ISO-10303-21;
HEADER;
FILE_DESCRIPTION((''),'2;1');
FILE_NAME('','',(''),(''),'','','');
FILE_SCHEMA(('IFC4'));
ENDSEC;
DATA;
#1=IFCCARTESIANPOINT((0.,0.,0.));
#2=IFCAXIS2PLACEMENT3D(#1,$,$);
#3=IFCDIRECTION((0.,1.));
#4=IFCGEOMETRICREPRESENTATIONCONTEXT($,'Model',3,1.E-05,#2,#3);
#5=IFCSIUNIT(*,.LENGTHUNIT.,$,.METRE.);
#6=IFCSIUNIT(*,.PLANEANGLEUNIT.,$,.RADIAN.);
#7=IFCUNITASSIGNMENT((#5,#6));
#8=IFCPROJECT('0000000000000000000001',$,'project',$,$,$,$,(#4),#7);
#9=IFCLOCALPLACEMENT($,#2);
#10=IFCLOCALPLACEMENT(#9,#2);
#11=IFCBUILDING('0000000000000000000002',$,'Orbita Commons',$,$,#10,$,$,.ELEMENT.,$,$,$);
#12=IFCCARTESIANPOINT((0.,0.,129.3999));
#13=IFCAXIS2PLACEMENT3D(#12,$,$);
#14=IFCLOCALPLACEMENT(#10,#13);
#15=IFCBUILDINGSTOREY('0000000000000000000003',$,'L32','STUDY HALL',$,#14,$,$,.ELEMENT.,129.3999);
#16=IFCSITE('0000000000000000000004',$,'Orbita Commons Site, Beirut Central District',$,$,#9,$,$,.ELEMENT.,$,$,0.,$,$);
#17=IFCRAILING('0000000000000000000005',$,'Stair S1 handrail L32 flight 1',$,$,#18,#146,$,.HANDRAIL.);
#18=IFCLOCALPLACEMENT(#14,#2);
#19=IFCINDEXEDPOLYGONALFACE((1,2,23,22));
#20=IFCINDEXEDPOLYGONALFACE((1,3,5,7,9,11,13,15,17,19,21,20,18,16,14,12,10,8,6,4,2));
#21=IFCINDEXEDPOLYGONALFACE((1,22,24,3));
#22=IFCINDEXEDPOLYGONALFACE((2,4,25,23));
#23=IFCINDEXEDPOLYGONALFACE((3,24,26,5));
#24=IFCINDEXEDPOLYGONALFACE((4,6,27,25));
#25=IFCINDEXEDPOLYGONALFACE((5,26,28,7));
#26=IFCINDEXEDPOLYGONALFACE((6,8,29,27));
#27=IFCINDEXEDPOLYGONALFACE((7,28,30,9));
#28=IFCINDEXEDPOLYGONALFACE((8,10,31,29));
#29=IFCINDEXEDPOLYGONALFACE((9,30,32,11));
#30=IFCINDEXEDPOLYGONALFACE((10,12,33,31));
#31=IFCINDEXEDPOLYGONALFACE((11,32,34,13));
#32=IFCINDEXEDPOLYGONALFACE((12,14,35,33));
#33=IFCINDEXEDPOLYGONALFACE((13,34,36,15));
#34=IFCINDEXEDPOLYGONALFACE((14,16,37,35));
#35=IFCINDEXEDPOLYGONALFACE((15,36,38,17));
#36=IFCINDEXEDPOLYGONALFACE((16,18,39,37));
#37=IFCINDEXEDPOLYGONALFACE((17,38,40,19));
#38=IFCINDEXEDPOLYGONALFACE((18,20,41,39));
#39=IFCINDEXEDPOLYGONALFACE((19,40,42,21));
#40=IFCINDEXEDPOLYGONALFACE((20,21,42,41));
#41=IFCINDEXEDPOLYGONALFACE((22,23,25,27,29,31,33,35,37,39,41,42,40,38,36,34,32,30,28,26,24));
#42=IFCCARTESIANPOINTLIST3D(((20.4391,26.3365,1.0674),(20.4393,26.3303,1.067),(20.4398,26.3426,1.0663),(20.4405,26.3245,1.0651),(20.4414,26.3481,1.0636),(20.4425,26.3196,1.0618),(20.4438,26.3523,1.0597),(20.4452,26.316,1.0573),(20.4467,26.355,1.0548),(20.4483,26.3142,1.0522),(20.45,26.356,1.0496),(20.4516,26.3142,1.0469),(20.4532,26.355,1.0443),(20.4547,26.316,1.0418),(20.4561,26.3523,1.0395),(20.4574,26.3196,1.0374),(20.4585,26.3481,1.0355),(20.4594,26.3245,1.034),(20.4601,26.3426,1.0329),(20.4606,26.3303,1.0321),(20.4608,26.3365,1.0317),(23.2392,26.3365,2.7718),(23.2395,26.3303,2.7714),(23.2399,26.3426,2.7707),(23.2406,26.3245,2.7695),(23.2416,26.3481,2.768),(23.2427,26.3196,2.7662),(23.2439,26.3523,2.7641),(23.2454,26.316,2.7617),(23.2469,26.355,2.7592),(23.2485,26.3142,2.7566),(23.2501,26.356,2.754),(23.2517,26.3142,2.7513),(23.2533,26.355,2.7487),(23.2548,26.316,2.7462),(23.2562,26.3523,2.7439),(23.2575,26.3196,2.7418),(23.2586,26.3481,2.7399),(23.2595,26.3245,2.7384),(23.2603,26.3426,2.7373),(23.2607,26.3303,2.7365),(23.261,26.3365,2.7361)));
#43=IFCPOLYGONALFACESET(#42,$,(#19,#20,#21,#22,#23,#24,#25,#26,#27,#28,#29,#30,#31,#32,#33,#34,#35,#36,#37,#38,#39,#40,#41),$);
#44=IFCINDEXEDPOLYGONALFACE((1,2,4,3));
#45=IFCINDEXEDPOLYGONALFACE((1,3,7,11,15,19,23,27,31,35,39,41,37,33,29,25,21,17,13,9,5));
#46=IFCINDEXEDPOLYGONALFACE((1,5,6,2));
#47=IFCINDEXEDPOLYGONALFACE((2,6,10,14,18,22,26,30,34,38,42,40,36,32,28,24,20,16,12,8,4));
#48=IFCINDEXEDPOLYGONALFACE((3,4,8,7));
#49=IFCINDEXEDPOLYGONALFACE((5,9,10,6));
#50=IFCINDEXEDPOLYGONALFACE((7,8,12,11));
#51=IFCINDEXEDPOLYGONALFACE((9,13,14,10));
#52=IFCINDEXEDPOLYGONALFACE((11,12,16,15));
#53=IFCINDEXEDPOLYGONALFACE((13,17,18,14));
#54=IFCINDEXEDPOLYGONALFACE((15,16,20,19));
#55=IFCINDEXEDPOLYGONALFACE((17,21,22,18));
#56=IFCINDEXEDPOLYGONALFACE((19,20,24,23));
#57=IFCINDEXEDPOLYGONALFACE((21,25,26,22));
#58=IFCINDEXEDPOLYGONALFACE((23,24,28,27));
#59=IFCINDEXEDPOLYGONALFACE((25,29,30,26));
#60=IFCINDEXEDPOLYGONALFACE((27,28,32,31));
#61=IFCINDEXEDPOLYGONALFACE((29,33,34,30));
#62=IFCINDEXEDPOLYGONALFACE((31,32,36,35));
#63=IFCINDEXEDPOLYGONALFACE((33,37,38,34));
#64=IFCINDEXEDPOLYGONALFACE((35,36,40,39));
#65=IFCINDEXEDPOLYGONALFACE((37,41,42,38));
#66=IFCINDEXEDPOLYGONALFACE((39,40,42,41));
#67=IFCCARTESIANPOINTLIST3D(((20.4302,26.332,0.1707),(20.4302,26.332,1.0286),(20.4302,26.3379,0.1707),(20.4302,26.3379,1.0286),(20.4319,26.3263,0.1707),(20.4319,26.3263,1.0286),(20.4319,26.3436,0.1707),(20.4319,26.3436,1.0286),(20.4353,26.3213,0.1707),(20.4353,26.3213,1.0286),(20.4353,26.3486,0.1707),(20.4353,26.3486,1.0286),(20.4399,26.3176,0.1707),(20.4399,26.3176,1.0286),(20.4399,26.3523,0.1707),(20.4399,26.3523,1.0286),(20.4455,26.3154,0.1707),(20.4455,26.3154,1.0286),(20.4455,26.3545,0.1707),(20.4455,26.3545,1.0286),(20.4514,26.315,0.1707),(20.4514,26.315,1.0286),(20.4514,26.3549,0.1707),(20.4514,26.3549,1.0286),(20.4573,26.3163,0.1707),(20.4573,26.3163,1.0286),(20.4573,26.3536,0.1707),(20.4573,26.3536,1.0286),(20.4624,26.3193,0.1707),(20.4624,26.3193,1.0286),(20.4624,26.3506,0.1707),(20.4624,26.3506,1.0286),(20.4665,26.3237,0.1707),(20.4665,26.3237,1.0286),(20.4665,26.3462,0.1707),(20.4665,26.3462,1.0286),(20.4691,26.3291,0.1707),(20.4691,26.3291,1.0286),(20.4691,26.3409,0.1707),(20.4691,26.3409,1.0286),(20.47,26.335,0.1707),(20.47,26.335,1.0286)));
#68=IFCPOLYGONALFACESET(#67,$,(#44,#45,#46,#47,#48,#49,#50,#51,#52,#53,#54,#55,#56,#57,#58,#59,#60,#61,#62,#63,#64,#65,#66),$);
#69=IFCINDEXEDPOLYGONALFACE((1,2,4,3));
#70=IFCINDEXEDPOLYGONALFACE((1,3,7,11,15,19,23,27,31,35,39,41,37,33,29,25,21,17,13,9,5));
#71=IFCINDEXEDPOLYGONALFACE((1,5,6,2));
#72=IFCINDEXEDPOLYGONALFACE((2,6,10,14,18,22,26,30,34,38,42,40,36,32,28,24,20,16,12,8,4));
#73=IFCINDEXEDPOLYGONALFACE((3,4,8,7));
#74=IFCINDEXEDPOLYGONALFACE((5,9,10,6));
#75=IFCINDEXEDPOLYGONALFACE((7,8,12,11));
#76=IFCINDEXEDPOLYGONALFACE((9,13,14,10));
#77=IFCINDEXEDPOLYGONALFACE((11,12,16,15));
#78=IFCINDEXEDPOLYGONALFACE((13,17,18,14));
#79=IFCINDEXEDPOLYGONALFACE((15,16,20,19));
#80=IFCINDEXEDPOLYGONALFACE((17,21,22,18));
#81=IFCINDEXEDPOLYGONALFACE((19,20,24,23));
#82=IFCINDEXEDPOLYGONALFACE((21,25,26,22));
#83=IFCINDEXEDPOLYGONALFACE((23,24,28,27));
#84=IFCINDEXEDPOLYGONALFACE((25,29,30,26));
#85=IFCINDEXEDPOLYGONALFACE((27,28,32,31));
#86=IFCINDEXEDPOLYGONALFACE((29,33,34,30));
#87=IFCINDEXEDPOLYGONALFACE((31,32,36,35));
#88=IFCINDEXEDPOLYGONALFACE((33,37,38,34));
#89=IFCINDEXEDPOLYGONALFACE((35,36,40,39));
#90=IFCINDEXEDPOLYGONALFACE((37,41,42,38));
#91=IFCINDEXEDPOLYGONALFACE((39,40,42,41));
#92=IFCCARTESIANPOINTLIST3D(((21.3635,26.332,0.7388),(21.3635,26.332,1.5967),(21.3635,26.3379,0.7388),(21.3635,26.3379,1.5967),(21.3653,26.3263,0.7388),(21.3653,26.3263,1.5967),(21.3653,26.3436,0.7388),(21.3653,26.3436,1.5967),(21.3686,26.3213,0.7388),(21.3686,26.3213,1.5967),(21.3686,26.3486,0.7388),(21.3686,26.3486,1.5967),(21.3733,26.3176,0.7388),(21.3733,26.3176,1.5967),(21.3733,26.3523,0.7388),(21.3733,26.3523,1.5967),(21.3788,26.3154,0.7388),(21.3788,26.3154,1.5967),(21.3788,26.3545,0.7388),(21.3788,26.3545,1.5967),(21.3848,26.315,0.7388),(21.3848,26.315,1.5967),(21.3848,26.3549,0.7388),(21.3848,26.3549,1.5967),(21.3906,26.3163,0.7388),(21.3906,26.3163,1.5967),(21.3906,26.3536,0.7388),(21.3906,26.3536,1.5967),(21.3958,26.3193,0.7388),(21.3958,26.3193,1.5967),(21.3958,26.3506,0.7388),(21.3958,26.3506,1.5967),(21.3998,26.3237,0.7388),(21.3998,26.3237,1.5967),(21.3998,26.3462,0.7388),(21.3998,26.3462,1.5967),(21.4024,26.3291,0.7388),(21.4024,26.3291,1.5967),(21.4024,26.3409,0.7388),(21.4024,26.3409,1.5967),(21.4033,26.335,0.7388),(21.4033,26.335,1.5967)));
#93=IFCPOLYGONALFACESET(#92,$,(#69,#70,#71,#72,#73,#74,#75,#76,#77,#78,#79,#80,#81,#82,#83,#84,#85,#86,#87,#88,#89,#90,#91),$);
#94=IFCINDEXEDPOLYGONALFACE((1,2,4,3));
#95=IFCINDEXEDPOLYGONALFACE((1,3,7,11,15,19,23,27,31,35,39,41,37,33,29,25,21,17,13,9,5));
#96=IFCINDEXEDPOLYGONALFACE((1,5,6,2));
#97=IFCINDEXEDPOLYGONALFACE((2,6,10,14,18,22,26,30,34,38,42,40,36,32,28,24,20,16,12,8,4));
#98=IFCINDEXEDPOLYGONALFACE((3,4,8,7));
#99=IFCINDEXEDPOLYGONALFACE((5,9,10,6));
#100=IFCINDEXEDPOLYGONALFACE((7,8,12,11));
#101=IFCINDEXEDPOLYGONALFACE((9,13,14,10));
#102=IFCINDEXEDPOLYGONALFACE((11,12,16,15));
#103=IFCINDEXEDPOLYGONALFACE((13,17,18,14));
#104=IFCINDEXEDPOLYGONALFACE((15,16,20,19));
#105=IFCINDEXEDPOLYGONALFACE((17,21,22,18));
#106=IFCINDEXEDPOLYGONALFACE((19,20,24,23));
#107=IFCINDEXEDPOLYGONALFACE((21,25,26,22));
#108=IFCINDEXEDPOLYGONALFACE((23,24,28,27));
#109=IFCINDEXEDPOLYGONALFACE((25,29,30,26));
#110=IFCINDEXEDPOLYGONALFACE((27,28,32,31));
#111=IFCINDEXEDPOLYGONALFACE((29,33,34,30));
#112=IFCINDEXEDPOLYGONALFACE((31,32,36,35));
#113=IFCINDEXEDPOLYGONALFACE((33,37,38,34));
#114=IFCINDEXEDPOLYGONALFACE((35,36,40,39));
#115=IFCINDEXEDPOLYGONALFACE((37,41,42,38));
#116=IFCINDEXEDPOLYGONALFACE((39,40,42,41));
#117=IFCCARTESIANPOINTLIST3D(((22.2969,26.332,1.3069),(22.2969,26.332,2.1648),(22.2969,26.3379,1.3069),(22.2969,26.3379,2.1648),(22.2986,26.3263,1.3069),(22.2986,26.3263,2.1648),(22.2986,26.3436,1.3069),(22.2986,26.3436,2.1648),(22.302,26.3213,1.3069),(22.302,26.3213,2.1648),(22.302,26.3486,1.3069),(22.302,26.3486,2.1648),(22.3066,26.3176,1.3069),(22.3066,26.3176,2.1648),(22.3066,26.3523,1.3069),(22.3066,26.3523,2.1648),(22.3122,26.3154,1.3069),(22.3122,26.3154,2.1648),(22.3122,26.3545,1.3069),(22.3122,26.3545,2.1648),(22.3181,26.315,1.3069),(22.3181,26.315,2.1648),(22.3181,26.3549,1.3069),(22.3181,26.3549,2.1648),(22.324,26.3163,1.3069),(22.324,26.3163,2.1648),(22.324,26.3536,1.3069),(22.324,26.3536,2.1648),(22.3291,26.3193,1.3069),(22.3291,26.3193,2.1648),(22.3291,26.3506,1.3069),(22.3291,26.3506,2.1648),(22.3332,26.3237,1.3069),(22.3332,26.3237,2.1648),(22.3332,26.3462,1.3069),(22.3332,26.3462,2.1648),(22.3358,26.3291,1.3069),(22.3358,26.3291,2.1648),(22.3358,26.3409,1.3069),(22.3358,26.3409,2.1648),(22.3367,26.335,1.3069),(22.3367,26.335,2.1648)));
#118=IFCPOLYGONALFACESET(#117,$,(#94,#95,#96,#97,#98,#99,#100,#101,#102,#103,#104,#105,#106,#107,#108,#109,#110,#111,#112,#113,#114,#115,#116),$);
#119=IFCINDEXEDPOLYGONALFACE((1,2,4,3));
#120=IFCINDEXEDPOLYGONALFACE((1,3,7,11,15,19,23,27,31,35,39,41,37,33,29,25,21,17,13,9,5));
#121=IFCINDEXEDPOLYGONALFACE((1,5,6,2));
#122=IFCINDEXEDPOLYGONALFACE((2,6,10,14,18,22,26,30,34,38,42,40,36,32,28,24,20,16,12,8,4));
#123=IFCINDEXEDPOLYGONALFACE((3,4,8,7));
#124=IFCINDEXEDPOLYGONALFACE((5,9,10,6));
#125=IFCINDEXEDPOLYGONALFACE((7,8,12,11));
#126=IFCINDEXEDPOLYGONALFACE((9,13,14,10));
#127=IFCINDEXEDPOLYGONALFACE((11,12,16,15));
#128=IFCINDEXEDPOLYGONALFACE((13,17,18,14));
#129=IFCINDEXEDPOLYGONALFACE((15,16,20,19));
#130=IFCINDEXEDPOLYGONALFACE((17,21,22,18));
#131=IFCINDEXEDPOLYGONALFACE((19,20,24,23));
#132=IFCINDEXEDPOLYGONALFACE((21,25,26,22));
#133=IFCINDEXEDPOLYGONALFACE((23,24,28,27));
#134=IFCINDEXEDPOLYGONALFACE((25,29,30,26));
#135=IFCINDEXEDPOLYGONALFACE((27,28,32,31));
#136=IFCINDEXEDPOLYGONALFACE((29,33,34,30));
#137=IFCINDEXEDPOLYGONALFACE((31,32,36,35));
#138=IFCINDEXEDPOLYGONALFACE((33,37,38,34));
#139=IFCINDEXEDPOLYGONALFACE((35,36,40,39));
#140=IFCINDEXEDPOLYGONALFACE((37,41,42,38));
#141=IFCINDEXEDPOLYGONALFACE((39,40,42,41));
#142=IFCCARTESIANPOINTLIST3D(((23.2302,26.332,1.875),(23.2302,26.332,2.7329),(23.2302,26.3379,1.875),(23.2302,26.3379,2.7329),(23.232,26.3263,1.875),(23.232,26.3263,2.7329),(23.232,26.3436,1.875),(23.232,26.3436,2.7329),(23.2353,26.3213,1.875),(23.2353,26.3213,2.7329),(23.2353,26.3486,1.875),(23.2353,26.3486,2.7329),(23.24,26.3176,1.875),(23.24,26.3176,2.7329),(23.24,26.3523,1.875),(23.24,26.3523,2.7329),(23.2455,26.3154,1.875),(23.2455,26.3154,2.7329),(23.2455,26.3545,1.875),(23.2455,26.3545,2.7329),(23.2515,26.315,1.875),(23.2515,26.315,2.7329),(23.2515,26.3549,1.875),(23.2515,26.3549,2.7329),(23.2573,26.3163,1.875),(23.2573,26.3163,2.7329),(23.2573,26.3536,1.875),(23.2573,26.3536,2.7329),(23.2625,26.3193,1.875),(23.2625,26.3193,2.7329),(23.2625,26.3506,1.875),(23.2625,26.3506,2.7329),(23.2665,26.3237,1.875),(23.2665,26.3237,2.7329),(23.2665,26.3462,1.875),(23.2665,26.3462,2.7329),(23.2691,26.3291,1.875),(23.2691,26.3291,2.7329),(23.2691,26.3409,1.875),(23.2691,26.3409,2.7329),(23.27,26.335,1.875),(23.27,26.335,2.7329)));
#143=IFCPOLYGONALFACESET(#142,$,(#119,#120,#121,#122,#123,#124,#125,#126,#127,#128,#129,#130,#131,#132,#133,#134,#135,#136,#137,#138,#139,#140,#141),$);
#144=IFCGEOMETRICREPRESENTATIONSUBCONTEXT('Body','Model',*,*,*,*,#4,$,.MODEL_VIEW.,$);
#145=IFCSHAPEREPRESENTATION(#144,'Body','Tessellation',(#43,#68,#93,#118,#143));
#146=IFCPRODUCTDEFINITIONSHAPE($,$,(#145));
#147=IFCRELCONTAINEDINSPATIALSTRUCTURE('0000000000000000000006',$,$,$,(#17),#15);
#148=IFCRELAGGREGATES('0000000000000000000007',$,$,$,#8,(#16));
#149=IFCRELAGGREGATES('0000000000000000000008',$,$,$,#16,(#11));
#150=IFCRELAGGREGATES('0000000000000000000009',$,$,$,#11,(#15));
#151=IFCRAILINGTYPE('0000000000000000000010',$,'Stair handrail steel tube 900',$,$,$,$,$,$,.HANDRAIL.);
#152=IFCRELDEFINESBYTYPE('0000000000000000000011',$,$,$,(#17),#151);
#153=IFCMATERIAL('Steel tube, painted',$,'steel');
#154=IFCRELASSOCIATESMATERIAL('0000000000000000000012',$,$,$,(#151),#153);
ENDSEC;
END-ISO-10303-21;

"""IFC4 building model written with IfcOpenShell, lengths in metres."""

from ifc_helpers import new_model, si_unit, direction, frame, origin, origin_2d, place, context, subcontext, project, spatial, circle, extrude, material, type_object, element, save


model = new_model("IFC4")

# Units and contexts
model_context = context("Model", 3, precision=1e-05, world=origin(), true_north=direction((0.0, 1.0)))
body_context = subcontext(model_context, "Body", "Model", "MODEL_VIEW")
ifc_project = project(units=[si_unit("LENGTHUNIT", "METRE"), si_unit("PLANEANGLEUNIT", "RADIAN")], contexts=[model_context])

# Site, building, storey
site_placement = place(None, origin())
site = spatial("IfcSite", under=ifc_project, at=site_placement, Name="Orbita Commons Site, Beirut Central District", CompositionType="ELEMENT", RefElevation=0.0)
building_placement = place(site_placement, origin())
building = spatial("IfcBuilding", under=site, at=building_placement, Name="Orbita Commons", CompositionType="ELEMENT")
storey_placement = place(building_placement, frame((0.0, 0.0, 129.3999)))
storey = spatial("IfcBuildingStorey", under=building, at=storey_placement, Name="L32", Description="STUDY HALL", CompositionType="ELEMENT", Elevation=129.3999)

# Railing
ifc_material_1 = material(Name="Steel tube, painted", Category="steel")
railing_type = type_object("IfcRailingType", Name="Stair handrail steel tube 900", PredefinedType="HANDRAIL", material=ifc_material_1)
for number, where, name in (
    (1, (20.45, 26.335, 0.1707), "Stair S1 handrail L32 flight 1"),
):
    element("IfcRailing", number, at=place(storey_placement, frame(where)), inside=storey, type_object=railing_type, Name=name, PredefinedType="HANDRAIL", context=body_context, shape_type="SweptSolid", body=[
        extrude(circle(Radius=0.021, at=origin_2d()), frame((0.0, 0.0, 0.8789), z_axis=(0.854203, 0.0, 0.51994), x_axis=(0.0, 1.0, 0.0)), (0.0, 0.0, 1.0), 3.2781),
        extrude(circle(Radius=0.02, at=origin_2d()), origin(), (0.0, 0.0, 1.0), 0.8579),
        extrude(circle(Radius=0.02, at=origin_2d()), frame((0.9333, 0.0, 0.5681)), (0.0, 0.0, 1.0), 0.8579),
        extrude(circle(Radius=0.02, at=origin_2d()), frame((1.8667, 0.0, 1.1362)), (0.0, 0.0, 1.0), 0.8579),
        extrude(circle(Radius=0.02, at=origin_2d()), frame((2.8, 0.0, 1.7043)), (0.0, 0.0, 1.0), 0.8579),
    ])

save(model, "model.ifc")
